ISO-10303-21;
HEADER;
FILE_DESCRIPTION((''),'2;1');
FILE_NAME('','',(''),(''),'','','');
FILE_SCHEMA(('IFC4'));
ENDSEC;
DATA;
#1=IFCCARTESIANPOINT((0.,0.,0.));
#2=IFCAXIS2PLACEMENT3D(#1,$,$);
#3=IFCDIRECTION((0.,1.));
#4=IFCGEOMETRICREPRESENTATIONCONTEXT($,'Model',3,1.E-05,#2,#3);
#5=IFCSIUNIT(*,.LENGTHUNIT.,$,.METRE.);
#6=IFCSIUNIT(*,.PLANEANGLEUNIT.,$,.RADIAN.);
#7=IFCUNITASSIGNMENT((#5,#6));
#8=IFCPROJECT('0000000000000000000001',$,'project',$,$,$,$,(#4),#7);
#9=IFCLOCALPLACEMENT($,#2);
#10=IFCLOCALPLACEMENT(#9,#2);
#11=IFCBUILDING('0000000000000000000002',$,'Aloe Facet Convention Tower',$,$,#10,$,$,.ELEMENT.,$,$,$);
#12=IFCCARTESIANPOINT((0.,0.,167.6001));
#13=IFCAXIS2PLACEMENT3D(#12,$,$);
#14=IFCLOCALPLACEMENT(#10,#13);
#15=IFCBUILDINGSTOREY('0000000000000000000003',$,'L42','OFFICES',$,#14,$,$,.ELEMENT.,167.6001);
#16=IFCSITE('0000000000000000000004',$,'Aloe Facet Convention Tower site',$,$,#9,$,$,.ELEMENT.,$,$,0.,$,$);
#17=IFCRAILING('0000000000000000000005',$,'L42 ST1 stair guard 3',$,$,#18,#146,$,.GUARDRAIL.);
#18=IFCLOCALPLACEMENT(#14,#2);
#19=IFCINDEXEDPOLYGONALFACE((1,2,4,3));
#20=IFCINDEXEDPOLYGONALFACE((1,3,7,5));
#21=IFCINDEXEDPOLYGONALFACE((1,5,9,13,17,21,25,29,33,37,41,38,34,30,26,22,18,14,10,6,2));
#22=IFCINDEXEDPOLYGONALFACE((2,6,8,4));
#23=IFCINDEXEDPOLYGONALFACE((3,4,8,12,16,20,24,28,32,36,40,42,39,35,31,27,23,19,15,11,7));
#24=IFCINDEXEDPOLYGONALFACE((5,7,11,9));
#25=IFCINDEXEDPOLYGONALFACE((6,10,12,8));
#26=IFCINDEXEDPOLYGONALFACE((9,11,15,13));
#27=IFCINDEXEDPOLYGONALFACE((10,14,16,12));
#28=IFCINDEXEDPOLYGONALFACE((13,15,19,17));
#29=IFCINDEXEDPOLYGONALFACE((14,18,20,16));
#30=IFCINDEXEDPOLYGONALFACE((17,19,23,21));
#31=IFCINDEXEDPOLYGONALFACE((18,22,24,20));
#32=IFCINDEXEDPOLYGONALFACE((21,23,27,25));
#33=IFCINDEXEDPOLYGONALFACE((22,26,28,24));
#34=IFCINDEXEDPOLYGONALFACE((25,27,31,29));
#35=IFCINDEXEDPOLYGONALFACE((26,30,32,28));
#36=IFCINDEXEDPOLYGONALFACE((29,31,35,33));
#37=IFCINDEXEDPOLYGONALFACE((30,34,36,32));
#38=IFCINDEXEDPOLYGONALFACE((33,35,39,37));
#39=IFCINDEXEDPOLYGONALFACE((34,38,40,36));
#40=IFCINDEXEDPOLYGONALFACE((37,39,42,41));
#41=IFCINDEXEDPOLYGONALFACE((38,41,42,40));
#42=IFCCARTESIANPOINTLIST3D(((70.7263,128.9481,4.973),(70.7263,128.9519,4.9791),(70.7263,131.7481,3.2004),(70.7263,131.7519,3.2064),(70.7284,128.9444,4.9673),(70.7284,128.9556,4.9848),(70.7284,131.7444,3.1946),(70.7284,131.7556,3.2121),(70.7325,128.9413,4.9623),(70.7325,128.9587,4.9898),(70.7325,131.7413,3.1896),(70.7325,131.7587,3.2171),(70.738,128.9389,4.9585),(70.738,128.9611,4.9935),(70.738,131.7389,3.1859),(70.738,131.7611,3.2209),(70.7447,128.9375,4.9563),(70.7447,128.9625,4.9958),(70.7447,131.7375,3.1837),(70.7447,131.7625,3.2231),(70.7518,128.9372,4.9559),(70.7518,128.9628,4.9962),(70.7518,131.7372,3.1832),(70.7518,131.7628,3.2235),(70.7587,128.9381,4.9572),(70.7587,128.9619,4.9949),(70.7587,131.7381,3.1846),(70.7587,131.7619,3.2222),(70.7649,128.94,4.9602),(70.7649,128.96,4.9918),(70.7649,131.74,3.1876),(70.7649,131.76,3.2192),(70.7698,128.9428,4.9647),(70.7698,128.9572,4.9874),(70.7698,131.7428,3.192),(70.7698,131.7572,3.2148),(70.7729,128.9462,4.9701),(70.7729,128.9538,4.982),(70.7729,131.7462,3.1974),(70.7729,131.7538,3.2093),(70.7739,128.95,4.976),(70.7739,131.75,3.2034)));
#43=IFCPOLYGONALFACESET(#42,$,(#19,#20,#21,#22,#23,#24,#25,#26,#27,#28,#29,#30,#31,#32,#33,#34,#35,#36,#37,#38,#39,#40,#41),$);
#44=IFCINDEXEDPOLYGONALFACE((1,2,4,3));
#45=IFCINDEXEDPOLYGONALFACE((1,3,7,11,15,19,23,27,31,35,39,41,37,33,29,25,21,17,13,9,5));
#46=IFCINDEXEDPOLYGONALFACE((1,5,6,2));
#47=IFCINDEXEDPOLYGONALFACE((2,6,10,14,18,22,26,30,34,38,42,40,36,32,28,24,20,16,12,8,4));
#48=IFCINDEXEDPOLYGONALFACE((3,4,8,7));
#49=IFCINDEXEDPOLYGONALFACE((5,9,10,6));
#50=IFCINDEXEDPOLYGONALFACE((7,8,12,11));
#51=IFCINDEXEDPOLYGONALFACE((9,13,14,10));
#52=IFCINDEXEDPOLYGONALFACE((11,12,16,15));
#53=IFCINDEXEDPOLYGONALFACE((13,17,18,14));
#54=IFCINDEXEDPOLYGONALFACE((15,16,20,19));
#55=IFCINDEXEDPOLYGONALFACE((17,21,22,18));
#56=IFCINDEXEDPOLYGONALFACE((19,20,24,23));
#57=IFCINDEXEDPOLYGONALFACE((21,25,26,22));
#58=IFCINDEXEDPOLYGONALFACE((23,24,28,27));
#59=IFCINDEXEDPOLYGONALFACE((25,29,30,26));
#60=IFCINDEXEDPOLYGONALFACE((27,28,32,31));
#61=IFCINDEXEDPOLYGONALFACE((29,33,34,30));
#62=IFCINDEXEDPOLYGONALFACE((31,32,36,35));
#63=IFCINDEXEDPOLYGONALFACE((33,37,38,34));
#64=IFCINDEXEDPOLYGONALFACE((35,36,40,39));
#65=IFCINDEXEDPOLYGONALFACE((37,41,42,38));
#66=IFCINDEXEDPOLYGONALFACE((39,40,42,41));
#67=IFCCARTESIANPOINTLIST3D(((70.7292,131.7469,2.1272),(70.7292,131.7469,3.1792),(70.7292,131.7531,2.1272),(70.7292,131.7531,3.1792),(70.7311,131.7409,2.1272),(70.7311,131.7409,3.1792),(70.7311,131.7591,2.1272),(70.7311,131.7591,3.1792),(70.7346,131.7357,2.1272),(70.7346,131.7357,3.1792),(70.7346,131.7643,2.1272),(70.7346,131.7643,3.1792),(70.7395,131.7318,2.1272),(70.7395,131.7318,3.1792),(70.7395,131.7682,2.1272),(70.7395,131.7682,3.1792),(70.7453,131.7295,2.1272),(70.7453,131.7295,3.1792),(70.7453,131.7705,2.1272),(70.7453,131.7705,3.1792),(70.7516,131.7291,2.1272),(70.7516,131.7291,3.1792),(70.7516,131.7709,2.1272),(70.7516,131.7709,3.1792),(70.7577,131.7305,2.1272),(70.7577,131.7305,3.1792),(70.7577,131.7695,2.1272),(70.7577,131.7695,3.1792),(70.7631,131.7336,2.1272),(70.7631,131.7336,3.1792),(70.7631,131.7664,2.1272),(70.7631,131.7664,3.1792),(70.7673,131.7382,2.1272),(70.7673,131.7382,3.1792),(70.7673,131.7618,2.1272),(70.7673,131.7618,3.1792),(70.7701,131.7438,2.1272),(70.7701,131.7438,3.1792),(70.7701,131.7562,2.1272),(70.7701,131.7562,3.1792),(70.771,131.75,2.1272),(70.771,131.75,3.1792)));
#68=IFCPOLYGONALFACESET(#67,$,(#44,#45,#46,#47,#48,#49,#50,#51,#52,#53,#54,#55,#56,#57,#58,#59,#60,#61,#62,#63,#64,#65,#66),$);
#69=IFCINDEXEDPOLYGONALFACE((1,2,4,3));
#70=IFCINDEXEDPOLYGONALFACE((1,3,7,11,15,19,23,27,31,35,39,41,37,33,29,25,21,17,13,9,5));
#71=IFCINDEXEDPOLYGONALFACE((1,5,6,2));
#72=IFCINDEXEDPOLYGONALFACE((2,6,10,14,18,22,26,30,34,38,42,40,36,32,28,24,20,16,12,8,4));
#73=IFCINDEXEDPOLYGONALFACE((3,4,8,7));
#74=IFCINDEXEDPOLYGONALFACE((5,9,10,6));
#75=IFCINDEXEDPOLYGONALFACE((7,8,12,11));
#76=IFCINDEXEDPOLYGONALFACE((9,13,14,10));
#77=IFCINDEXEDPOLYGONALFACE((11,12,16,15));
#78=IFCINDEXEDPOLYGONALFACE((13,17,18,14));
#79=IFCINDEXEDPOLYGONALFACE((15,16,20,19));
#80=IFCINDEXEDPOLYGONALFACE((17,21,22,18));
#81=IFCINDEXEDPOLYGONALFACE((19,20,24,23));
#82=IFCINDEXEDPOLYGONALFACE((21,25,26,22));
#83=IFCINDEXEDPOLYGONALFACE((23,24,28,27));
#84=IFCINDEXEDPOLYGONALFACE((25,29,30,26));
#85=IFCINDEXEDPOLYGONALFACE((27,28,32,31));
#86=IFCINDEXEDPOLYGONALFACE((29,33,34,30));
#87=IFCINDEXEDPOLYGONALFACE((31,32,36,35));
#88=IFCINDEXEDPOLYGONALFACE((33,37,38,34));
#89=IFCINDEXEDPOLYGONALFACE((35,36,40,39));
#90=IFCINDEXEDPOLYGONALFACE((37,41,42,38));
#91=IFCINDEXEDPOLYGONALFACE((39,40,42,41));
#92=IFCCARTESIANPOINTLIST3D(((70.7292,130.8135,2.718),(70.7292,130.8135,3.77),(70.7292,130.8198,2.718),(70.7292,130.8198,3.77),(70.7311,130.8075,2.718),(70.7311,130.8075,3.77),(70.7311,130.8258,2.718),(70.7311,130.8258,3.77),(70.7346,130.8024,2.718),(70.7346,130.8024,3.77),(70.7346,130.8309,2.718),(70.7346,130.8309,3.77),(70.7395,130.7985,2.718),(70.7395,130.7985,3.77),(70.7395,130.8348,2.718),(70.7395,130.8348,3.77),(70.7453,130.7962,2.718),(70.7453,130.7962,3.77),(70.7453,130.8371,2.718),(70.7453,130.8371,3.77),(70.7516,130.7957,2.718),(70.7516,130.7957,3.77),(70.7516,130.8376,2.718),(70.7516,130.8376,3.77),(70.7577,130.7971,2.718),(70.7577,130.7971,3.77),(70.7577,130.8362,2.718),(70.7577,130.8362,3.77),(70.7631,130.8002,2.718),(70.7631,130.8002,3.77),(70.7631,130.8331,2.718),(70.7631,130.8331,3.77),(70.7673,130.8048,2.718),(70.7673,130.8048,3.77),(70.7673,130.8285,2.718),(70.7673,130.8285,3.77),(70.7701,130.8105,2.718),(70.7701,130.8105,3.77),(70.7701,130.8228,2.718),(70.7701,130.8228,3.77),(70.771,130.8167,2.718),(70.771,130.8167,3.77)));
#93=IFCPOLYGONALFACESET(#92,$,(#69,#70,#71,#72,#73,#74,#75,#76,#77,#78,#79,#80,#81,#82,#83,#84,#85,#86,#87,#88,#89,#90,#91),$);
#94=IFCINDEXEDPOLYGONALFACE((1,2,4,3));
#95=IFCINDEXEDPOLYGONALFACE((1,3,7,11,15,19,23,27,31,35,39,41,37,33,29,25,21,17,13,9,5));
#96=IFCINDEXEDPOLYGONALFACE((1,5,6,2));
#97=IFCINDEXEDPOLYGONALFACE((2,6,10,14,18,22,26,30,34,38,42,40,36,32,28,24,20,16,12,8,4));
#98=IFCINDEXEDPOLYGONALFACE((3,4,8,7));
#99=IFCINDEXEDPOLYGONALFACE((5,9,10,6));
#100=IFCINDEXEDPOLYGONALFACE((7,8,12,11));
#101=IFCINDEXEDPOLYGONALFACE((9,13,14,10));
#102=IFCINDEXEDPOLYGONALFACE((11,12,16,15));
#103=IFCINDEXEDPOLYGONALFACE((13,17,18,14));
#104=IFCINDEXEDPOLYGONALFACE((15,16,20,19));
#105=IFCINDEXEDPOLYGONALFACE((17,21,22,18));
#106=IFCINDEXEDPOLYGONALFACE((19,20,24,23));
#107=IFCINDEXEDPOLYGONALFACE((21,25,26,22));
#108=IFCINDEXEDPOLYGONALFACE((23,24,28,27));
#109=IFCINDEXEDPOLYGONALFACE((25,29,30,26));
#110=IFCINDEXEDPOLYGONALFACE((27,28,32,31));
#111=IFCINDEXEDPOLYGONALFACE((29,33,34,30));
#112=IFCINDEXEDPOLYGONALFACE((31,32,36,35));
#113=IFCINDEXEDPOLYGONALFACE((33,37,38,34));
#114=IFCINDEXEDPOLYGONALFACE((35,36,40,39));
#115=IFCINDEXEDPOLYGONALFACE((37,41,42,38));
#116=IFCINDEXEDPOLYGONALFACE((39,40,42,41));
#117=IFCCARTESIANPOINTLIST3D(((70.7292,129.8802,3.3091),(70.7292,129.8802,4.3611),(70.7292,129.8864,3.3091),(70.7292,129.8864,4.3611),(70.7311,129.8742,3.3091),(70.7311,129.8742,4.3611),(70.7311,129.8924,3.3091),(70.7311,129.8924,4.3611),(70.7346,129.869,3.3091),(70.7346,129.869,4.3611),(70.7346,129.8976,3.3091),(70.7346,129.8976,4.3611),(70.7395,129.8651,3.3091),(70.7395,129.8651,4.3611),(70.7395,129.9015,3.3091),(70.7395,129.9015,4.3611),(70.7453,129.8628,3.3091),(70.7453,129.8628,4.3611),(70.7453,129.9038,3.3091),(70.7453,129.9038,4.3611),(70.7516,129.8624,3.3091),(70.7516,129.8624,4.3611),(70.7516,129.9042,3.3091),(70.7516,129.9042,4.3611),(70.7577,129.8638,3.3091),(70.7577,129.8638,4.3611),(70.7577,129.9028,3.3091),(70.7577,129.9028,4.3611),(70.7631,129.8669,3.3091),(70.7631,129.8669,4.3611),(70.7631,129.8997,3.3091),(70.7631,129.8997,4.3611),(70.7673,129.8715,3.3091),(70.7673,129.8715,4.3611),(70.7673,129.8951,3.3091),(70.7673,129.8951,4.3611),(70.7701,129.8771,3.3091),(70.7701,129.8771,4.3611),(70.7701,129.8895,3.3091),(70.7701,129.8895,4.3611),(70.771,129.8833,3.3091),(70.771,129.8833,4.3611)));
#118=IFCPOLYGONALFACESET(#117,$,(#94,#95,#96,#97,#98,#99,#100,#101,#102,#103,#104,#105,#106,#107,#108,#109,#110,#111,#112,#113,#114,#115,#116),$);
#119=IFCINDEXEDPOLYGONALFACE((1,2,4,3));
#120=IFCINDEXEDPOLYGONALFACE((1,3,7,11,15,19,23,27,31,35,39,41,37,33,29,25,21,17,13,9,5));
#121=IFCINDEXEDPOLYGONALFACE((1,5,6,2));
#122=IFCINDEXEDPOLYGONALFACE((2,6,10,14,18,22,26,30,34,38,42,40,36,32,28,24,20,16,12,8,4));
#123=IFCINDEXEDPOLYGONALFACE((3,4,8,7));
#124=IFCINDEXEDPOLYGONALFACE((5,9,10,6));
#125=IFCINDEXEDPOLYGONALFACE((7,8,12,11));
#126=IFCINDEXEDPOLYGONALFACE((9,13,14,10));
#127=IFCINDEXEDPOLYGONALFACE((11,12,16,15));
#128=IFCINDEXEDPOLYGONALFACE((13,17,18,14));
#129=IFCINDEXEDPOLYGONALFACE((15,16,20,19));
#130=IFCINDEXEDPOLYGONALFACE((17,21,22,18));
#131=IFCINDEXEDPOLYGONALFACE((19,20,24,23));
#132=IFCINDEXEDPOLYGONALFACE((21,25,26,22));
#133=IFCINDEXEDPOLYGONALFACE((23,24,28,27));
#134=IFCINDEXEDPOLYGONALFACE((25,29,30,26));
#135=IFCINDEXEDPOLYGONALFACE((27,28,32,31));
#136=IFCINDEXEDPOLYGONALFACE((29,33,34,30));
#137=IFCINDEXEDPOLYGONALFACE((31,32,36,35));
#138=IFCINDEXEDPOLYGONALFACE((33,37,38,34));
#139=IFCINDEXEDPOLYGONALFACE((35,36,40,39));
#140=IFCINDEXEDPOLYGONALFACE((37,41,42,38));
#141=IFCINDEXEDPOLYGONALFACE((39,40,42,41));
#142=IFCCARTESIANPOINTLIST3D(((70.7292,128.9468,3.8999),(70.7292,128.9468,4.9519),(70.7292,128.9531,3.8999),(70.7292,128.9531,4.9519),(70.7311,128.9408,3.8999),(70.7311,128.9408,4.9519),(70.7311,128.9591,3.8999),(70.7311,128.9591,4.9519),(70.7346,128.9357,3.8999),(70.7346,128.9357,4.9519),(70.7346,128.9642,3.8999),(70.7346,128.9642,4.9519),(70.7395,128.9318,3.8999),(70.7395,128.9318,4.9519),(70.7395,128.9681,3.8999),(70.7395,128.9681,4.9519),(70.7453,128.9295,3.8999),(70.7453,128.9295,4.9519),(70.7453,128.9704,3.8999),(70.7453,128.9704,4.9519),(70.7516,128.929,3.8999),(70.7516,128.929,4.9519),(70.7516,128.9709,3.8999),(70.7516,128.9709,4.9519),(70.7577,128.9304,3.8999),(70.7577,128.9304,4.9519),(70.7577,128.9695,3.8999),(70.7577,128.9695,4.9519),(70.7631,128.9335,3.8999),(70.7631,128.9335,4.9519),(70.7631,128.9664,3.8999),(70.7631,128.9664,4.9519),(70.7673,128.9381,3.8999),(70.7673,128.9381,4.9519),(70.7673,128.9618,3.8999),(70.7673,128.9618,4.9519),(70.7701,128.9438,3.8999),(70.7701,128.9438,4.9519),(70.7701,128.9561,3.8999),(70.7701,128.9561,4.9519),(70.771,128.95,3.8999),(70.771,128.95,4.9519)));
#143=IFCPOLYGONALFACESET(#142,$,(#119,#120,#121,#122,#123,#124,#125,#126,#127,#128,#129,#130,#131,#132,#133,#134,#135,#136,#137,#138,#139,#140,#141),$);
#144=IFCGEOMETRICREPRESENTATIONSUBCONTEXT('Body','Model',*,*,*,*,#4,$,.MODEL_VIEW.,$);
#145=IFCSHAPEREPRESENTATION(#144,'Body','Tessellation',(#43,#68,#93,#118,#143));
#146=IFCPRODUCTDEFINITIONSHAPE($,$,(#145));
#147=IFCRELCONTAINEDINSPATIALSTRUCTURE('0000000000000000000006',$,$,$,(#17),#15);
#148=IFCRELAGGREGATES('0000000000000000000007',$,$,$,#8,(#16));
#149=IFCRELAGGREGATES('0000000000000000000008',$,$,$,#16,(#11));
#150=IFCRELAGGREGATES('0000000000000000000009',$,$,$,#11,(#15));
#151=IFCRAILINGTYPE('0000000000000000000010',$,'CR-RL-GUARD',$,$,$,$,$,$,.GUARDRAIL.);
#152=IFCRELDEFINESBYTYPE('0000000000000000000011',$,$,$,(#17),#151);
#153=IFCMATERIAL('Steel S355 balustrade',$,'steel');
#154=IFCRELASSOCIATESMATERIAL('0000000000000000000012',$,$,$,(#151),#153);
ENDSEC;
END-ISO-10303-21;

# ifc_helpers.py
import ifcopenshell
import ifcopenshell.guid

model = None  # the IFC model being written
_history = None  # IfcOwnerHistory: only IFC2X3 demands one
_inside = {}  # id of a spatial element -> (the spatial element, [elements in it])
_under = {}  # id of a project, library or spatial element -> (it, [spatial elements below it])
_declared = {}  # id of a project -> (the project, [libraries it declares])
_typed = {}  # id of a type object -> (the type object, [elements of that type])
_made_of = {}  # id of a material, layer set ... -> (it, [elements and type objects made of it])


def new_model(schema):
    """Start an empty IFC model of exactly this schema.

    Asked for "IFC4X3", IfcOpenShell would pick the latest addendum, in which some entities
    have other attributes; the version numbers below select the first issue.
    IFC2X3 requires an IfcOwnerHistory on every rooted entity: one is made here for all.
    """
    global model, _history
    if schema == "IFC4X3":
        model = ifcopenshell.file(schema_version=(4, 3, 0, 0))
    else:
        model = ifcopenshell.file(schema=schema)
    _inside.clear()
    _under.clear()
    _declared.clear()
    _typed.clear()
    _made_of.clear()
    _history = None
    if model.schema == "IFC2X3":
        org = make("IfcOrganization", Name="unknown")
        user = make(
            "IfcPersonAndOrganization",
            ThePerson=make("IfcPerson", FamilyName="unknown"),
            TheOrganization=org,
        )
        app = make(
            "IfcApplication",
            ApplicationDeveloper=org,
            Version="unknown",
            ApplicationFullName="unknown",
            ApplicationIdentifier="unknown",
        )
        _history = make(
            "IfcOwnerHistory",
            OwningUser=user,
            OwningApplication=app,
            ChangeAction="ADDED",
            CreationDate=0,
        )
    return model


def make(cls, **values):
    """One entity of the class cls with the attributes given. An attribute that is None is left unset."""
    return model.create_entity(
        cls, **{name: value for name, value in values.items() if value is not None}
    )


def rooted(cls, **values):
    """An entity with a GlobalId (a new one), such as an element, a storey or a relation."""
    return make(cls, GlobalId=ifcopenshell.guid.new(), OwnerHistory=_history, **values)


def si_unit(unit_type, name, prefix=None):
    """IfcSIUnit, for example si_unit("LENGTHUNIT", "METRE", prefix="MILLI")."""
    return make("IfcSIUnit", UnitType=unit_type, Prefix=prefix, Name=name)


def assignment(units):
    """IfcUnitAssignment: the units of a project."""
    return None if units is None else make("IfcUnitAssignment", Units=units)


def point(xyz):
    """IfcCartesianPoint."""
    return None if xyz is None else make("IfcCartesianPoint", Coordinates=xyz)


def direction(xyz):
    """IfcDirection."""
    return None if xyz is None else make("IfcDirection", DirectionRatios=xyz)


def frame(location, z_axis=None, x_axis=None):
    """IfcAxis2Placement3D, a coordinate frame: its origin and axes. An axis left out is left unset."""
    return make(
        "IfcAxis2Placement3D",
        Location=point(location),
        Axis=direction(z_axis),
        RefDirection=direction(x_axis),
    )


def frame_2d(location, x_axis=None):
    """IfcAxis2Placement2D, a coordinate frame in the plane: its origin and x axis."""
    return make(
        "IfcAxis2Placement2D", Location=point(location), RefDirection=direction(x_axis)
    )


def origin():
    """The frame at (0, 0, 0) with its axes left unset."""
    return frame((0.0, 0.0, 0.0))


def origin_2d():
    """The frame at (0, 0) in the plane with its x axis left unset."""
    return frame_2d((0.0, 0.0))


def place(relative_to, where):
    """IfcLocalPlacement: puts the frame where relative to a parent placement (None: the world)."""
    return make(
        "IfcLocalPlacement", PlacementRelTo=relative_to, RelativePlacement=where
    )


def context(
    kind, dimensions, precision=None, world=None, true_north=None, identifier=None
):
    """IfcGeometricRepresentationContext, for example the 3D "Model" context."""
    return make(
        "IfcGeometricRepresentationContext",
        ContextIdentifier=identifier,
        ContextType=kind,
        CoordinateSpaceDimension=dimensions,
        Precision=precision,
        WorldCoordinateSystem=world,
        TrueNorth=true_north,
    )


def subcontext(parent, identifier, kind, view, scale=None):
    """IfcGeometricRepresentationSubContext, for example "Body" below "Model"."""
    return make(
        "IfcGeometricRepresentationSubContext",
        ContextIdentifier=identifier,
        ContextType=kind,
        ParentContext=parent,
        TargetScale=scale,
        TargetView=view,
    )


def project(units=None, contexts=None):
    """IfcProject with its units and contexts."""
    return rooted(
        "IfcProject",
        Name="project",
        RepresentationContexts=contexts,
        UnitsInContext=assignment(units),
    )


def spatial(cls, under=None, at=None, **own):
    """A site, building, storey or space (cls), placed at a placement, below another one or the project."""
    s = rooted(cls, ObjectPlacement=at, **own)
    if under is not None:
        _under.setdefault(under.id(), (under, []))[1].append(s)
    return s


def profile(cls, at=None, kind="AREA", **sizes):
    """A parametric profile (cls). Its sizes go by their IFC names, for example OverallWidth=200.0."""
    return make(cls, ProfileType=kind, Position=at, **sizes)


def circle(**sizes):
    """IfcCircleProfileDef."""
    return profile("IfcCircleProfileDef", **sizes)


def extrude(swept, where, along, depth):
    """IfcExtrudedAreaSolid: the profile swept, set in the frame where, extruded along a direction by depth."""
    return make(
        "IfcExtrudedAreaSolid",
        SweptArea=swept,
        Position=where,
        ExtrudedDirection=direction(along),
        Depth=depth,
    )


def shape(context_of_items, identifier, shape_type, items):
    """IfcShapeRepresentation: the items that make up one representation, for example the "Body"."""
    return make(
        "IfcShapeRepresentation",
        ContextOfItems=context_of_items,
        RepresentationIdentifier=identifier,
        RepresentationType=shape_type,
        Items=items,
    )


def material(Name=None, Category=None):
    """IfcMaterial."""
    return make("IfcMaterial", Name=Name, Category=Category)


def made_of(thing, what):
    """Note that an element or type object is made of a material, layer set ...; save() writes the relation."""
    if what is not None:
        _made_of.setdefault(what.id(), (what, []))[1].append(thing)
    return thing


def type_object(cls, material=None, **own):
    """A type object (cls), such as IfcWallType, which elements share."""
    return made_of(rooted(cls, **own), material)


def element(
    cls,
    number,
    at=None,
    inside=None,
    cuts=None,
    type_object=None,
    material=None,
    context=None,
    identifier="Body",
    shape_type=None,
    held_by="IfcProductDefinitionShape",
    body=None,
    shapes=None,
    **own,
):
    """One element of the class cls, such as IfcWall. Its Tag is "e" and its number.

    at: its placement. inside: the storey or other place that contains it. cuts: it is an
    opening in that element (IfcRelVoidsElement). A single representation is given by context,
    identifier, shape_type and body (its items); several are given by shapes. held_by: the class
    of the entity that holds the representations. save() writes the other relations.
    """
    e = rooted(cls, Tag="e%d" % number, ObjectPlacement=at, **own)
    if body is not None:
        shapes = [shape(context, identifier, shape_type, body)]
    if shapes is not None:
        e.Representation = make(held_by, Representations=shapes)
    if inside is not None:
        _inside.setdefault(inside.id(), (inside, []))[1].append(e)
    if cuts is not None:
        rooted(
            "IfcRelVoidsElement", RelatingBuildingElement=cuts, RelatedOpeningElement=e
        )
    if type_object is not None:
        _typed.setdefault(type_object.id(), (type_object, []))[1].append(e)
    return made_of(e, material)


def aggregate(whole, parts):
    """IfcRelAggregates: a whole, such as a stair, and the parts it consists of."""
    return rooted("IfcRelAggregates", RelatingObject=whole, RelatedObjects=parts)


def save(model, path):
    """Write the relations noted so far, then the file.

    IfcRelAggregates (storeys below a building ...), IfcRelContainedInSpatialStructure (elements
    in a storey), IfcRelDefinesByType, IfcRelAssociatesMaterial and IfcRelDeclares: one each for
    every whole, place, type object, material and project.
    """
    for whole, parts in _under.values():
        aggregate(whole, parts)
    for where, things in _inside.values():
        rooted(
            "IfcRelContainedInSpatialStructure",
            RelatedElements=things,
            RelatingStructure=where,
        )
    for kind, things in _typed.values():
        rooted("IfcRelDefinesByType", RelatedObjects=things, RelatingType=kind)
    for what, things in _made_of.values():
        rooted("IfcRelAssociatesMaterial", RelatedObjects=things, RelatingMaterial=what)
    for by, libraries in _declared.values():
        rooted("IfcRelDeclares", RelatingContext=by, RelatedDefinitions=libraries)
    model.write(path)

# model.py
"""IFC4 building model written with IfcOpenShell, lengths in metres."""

from ifc_helpers import new_model, si_unit, direction, frame, origin, origin_2d, place, context, subcontext, project, spatial, circle, extrude, material, type_object, element, save


model = new_model("IFC4")

# Units and contexts
model_context = context("Model", 3, precision=1e-05, world=origin(), true_north=direction((0.0, 1.0)))
body_context = subcontext(model_context, "Body", "Model", "MODEL_VIEW")
ifc_project = project(units=[si_unit("LENGTHUNIT", "METRE"), si_unit("PLANEANGLEUNIT", "RADIAN")], contexts=[model_context])

# Site, building, storey
site_placement = place(None, origin())
site = spatial("IfcSite", under=ifc_project, at=site_placement, Name="Aloe Facet Convention Tower site", CompositionType="ELEMENT", RefElevation=0.0)
building_placement = place(site_placement, origin())
building = spatial("IfcBuilding", under=site, at=building_placement, Name="Aloe Facet Convention Tower", CompositionType="ELEMENT")
storey_placement = place(building_placement, frame((0.0, 0.0, 167.6001)))
storey = spatial("IfcBuildingStorey", under=building, at=storey_placement, Name="L42", Description="OFFICES", CompositionType="ELEMENT", Elevation=167.6001)

# Railing
ifc_material_1 = material(Name="Steel S355 balustrade", Category="steel")
railing_type_1 = type_object("IfcRailingType", Name="CR-RL-GUARD", PredefinedType="GUARDRAIL", material=ifc_material_1)
railing_1_placement = place(storey_placement, frame((70.75, 131.75, 2.1272)))
element("IfcRailing", 1, at=railing_1_placement, inside=storey, type_object=railing_type_1, Name="L42 ST1 stair guard 3", PredefinedType="GUARDRAIL", context=body_context, shape_type="SweptSolid", body=[
    extrude(circle(Radius=0.0239, at=origin_2d()), frame((0.0, 0.0, 1.0762), z_axis=(0.0, -0.844909, 0.53491), x_axis=(1.0, 0.0, 0.0)), (0.0, 0.0, 1.0), 3.314),
    extrude(circle(Radius=0.021, at=origin_2d()), origin(), (0.0, 0.0, 1.0), 1.052),
    extrude(circle(Radius=0.021, at=origin_2d()), frame((0.0, -0.9333, 0.5908)), (0.0, 0.0, 1.0), 1.052),
    extrude(circle(Radius=0.021, at=origin_2d()), frame((0.0, -1.8667, 1.1819)), (0.0, 0.0, 1.0), 1.052),
    extrude(circle(Radius=0.021, at=origin_2d()), frame((0.0, -2.8, 1.7727)), (0.0, 0.0, 1.0), 1.052),
])

save(model, "model.ifc")
